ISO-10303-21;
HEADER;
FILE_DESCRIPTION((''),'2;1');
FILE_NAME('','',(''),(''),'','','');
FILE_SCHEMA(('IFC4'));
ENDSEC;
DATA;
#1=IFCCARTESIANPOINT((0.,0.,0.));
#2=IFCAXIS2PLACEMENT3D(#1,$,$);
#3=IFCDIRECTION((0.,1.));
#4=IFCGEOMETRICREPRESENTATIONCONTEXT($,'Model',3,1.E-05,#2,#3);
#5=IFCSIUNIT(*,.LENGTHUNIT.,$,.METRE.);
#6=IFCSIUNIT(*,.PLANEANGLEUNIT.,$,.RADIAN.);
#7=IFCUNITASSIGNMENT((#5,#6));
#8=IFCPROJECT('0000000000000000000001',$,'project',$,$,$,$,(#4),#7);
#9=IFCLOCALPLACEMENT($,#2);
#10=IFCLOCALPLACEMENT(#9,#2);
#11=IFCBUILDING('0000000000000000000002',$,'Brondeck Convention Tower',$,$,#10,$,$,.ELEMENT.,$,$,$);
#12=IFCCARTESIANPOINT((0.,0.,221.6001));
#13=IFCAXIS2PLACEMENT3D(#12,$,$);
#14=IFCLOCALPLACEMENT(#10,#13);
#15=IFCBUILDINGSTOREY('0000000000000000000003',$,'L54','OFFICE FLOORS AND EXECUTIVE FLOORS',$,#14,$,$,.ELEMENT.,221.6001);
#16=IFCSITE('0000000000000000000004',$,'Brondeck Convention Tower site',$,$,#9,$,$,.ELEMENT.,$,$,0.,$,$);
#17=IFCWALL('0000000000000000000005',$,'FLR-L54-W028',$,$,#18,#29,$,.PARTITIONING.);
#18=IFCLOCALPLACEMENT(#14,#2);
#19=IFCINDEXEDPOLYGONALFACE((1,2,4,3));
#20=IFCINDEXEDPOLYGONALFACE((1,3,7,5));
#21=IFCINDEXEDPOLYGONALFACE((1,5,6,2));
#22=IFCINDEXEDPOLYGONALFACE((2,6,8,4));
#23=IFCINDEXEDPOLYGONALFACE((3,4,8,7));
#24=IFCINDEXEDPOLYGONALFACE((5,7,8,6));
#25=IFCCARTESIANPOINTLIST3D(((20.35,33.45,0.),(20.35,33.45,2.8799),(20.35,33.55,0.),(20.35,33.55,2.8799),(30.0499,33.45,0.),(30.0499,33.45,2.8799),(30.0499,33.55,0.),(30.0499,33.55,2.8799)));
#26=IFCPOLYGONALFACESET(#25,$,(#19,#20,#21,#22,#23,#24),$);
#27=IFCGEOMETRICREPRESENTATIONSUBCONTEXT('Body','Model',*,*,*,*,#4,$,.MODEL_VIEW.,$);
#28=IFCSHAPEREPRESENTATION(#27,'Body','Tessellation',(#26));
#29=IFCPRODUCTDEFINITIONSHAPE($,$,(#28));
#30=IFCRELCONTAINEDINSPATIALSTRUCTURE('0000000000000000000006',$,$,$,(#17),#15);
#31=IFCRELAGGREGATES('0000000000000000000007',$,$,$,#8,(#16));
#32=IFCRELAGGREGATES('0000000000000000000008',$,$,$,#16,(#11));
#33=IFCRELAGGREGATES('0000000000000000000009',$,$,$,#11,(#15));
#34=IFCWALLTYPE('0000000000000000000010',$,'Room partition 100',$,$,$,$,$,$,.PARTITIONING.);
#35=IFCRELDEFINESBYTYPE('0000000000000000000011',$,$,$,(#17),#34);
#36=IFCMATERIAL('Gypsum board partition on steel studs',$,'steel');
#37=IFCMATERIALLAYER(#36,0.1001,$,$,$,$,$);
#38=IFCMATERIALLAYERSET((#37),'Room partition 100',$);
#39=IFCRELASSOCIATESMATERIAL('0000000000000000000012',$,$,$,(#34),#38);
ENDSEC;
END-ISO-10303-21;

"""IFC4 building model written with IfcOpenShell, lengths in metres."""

from ifc_helpers import new_model, si_unit, direction, frame, frame_2d, origin, place, context, subcontext, project, spatial, rectangle, extrude, material, layer, layer_set, type_object, element, save


model = new_model("IFC4")

# Units and contexts
model_context = context("Model", 3, precision=1e-05, world=origin(), true_north=direction((0.0, 1.0)))
body_context = subcontext(model_context, "Body", "Model", "MODEL_VIEW")
ifc_project = project(units=[si_unit("LENGTHUNIT", "METRE"), si_unit("PLANEANGLEUNIT", "RADIAN")], contexts=[model_context])

# Site, building, storey
site_placement = place(None, origin())
site = spatial("IfcSite", under=ifc_project, at=site_placement, Name="Brondeck Convention Tower site", CompositionType="ELEMENT", RefElevation=0.0)
building_placement = place(site_placement, origin())
building = spatial("IfcBuilding", under=site, at=building_placement, Name="Brondeck Convention Tower", CompositionType="ELEMENT")
storey_placement = place(building_placement, frame((0.0, 0.0, 221.6001)))
storey = spatial("IfcBuildingStorey", under=building, at=storey_placement, Name="L54", Description="OFFICE FLOORS AND EXECUTIVE FLOORS", CompositionType="ELEMENT", Elevation=221.6001)

# Wall
ifc_material_1 = material(Name="Gypsum board partition on steel studs", Category="steel")
ifc_layer_1 = layer(ifc_material_1, 0.1001)
ifc_layer_set_1 = layer_set([ifc_layer_1], Name="Room partition 100")
wall_type_1 = type_object("IfcWallType", Name="Room partition 100", PredefinedType="PARTITIONING", material=ifc_layer_set_1)
wall_1_placement = place(storey_placement, frame((30.05, 33.5, 0.0), z_axis=(0.0, 0.0, 1.0), x_axis=(-1.0, 0.0, 0.0)))
element("IfcWall", 1, at=wall_1_placement, inside=storey, type_object=wall_type_1, Name="FLR-L54-W028", PredefinedType="PARTITIONING", context=body_context, shape_type="SweptSolid", body=[
    extrude(rectangle(XDim=9.7, YDim=0.1001, at=frame_2d((4.8501, 0.0))), origin(), (0.0, 0.0, 1.0), 2.8799),
])

save(model, "model.ifc")
